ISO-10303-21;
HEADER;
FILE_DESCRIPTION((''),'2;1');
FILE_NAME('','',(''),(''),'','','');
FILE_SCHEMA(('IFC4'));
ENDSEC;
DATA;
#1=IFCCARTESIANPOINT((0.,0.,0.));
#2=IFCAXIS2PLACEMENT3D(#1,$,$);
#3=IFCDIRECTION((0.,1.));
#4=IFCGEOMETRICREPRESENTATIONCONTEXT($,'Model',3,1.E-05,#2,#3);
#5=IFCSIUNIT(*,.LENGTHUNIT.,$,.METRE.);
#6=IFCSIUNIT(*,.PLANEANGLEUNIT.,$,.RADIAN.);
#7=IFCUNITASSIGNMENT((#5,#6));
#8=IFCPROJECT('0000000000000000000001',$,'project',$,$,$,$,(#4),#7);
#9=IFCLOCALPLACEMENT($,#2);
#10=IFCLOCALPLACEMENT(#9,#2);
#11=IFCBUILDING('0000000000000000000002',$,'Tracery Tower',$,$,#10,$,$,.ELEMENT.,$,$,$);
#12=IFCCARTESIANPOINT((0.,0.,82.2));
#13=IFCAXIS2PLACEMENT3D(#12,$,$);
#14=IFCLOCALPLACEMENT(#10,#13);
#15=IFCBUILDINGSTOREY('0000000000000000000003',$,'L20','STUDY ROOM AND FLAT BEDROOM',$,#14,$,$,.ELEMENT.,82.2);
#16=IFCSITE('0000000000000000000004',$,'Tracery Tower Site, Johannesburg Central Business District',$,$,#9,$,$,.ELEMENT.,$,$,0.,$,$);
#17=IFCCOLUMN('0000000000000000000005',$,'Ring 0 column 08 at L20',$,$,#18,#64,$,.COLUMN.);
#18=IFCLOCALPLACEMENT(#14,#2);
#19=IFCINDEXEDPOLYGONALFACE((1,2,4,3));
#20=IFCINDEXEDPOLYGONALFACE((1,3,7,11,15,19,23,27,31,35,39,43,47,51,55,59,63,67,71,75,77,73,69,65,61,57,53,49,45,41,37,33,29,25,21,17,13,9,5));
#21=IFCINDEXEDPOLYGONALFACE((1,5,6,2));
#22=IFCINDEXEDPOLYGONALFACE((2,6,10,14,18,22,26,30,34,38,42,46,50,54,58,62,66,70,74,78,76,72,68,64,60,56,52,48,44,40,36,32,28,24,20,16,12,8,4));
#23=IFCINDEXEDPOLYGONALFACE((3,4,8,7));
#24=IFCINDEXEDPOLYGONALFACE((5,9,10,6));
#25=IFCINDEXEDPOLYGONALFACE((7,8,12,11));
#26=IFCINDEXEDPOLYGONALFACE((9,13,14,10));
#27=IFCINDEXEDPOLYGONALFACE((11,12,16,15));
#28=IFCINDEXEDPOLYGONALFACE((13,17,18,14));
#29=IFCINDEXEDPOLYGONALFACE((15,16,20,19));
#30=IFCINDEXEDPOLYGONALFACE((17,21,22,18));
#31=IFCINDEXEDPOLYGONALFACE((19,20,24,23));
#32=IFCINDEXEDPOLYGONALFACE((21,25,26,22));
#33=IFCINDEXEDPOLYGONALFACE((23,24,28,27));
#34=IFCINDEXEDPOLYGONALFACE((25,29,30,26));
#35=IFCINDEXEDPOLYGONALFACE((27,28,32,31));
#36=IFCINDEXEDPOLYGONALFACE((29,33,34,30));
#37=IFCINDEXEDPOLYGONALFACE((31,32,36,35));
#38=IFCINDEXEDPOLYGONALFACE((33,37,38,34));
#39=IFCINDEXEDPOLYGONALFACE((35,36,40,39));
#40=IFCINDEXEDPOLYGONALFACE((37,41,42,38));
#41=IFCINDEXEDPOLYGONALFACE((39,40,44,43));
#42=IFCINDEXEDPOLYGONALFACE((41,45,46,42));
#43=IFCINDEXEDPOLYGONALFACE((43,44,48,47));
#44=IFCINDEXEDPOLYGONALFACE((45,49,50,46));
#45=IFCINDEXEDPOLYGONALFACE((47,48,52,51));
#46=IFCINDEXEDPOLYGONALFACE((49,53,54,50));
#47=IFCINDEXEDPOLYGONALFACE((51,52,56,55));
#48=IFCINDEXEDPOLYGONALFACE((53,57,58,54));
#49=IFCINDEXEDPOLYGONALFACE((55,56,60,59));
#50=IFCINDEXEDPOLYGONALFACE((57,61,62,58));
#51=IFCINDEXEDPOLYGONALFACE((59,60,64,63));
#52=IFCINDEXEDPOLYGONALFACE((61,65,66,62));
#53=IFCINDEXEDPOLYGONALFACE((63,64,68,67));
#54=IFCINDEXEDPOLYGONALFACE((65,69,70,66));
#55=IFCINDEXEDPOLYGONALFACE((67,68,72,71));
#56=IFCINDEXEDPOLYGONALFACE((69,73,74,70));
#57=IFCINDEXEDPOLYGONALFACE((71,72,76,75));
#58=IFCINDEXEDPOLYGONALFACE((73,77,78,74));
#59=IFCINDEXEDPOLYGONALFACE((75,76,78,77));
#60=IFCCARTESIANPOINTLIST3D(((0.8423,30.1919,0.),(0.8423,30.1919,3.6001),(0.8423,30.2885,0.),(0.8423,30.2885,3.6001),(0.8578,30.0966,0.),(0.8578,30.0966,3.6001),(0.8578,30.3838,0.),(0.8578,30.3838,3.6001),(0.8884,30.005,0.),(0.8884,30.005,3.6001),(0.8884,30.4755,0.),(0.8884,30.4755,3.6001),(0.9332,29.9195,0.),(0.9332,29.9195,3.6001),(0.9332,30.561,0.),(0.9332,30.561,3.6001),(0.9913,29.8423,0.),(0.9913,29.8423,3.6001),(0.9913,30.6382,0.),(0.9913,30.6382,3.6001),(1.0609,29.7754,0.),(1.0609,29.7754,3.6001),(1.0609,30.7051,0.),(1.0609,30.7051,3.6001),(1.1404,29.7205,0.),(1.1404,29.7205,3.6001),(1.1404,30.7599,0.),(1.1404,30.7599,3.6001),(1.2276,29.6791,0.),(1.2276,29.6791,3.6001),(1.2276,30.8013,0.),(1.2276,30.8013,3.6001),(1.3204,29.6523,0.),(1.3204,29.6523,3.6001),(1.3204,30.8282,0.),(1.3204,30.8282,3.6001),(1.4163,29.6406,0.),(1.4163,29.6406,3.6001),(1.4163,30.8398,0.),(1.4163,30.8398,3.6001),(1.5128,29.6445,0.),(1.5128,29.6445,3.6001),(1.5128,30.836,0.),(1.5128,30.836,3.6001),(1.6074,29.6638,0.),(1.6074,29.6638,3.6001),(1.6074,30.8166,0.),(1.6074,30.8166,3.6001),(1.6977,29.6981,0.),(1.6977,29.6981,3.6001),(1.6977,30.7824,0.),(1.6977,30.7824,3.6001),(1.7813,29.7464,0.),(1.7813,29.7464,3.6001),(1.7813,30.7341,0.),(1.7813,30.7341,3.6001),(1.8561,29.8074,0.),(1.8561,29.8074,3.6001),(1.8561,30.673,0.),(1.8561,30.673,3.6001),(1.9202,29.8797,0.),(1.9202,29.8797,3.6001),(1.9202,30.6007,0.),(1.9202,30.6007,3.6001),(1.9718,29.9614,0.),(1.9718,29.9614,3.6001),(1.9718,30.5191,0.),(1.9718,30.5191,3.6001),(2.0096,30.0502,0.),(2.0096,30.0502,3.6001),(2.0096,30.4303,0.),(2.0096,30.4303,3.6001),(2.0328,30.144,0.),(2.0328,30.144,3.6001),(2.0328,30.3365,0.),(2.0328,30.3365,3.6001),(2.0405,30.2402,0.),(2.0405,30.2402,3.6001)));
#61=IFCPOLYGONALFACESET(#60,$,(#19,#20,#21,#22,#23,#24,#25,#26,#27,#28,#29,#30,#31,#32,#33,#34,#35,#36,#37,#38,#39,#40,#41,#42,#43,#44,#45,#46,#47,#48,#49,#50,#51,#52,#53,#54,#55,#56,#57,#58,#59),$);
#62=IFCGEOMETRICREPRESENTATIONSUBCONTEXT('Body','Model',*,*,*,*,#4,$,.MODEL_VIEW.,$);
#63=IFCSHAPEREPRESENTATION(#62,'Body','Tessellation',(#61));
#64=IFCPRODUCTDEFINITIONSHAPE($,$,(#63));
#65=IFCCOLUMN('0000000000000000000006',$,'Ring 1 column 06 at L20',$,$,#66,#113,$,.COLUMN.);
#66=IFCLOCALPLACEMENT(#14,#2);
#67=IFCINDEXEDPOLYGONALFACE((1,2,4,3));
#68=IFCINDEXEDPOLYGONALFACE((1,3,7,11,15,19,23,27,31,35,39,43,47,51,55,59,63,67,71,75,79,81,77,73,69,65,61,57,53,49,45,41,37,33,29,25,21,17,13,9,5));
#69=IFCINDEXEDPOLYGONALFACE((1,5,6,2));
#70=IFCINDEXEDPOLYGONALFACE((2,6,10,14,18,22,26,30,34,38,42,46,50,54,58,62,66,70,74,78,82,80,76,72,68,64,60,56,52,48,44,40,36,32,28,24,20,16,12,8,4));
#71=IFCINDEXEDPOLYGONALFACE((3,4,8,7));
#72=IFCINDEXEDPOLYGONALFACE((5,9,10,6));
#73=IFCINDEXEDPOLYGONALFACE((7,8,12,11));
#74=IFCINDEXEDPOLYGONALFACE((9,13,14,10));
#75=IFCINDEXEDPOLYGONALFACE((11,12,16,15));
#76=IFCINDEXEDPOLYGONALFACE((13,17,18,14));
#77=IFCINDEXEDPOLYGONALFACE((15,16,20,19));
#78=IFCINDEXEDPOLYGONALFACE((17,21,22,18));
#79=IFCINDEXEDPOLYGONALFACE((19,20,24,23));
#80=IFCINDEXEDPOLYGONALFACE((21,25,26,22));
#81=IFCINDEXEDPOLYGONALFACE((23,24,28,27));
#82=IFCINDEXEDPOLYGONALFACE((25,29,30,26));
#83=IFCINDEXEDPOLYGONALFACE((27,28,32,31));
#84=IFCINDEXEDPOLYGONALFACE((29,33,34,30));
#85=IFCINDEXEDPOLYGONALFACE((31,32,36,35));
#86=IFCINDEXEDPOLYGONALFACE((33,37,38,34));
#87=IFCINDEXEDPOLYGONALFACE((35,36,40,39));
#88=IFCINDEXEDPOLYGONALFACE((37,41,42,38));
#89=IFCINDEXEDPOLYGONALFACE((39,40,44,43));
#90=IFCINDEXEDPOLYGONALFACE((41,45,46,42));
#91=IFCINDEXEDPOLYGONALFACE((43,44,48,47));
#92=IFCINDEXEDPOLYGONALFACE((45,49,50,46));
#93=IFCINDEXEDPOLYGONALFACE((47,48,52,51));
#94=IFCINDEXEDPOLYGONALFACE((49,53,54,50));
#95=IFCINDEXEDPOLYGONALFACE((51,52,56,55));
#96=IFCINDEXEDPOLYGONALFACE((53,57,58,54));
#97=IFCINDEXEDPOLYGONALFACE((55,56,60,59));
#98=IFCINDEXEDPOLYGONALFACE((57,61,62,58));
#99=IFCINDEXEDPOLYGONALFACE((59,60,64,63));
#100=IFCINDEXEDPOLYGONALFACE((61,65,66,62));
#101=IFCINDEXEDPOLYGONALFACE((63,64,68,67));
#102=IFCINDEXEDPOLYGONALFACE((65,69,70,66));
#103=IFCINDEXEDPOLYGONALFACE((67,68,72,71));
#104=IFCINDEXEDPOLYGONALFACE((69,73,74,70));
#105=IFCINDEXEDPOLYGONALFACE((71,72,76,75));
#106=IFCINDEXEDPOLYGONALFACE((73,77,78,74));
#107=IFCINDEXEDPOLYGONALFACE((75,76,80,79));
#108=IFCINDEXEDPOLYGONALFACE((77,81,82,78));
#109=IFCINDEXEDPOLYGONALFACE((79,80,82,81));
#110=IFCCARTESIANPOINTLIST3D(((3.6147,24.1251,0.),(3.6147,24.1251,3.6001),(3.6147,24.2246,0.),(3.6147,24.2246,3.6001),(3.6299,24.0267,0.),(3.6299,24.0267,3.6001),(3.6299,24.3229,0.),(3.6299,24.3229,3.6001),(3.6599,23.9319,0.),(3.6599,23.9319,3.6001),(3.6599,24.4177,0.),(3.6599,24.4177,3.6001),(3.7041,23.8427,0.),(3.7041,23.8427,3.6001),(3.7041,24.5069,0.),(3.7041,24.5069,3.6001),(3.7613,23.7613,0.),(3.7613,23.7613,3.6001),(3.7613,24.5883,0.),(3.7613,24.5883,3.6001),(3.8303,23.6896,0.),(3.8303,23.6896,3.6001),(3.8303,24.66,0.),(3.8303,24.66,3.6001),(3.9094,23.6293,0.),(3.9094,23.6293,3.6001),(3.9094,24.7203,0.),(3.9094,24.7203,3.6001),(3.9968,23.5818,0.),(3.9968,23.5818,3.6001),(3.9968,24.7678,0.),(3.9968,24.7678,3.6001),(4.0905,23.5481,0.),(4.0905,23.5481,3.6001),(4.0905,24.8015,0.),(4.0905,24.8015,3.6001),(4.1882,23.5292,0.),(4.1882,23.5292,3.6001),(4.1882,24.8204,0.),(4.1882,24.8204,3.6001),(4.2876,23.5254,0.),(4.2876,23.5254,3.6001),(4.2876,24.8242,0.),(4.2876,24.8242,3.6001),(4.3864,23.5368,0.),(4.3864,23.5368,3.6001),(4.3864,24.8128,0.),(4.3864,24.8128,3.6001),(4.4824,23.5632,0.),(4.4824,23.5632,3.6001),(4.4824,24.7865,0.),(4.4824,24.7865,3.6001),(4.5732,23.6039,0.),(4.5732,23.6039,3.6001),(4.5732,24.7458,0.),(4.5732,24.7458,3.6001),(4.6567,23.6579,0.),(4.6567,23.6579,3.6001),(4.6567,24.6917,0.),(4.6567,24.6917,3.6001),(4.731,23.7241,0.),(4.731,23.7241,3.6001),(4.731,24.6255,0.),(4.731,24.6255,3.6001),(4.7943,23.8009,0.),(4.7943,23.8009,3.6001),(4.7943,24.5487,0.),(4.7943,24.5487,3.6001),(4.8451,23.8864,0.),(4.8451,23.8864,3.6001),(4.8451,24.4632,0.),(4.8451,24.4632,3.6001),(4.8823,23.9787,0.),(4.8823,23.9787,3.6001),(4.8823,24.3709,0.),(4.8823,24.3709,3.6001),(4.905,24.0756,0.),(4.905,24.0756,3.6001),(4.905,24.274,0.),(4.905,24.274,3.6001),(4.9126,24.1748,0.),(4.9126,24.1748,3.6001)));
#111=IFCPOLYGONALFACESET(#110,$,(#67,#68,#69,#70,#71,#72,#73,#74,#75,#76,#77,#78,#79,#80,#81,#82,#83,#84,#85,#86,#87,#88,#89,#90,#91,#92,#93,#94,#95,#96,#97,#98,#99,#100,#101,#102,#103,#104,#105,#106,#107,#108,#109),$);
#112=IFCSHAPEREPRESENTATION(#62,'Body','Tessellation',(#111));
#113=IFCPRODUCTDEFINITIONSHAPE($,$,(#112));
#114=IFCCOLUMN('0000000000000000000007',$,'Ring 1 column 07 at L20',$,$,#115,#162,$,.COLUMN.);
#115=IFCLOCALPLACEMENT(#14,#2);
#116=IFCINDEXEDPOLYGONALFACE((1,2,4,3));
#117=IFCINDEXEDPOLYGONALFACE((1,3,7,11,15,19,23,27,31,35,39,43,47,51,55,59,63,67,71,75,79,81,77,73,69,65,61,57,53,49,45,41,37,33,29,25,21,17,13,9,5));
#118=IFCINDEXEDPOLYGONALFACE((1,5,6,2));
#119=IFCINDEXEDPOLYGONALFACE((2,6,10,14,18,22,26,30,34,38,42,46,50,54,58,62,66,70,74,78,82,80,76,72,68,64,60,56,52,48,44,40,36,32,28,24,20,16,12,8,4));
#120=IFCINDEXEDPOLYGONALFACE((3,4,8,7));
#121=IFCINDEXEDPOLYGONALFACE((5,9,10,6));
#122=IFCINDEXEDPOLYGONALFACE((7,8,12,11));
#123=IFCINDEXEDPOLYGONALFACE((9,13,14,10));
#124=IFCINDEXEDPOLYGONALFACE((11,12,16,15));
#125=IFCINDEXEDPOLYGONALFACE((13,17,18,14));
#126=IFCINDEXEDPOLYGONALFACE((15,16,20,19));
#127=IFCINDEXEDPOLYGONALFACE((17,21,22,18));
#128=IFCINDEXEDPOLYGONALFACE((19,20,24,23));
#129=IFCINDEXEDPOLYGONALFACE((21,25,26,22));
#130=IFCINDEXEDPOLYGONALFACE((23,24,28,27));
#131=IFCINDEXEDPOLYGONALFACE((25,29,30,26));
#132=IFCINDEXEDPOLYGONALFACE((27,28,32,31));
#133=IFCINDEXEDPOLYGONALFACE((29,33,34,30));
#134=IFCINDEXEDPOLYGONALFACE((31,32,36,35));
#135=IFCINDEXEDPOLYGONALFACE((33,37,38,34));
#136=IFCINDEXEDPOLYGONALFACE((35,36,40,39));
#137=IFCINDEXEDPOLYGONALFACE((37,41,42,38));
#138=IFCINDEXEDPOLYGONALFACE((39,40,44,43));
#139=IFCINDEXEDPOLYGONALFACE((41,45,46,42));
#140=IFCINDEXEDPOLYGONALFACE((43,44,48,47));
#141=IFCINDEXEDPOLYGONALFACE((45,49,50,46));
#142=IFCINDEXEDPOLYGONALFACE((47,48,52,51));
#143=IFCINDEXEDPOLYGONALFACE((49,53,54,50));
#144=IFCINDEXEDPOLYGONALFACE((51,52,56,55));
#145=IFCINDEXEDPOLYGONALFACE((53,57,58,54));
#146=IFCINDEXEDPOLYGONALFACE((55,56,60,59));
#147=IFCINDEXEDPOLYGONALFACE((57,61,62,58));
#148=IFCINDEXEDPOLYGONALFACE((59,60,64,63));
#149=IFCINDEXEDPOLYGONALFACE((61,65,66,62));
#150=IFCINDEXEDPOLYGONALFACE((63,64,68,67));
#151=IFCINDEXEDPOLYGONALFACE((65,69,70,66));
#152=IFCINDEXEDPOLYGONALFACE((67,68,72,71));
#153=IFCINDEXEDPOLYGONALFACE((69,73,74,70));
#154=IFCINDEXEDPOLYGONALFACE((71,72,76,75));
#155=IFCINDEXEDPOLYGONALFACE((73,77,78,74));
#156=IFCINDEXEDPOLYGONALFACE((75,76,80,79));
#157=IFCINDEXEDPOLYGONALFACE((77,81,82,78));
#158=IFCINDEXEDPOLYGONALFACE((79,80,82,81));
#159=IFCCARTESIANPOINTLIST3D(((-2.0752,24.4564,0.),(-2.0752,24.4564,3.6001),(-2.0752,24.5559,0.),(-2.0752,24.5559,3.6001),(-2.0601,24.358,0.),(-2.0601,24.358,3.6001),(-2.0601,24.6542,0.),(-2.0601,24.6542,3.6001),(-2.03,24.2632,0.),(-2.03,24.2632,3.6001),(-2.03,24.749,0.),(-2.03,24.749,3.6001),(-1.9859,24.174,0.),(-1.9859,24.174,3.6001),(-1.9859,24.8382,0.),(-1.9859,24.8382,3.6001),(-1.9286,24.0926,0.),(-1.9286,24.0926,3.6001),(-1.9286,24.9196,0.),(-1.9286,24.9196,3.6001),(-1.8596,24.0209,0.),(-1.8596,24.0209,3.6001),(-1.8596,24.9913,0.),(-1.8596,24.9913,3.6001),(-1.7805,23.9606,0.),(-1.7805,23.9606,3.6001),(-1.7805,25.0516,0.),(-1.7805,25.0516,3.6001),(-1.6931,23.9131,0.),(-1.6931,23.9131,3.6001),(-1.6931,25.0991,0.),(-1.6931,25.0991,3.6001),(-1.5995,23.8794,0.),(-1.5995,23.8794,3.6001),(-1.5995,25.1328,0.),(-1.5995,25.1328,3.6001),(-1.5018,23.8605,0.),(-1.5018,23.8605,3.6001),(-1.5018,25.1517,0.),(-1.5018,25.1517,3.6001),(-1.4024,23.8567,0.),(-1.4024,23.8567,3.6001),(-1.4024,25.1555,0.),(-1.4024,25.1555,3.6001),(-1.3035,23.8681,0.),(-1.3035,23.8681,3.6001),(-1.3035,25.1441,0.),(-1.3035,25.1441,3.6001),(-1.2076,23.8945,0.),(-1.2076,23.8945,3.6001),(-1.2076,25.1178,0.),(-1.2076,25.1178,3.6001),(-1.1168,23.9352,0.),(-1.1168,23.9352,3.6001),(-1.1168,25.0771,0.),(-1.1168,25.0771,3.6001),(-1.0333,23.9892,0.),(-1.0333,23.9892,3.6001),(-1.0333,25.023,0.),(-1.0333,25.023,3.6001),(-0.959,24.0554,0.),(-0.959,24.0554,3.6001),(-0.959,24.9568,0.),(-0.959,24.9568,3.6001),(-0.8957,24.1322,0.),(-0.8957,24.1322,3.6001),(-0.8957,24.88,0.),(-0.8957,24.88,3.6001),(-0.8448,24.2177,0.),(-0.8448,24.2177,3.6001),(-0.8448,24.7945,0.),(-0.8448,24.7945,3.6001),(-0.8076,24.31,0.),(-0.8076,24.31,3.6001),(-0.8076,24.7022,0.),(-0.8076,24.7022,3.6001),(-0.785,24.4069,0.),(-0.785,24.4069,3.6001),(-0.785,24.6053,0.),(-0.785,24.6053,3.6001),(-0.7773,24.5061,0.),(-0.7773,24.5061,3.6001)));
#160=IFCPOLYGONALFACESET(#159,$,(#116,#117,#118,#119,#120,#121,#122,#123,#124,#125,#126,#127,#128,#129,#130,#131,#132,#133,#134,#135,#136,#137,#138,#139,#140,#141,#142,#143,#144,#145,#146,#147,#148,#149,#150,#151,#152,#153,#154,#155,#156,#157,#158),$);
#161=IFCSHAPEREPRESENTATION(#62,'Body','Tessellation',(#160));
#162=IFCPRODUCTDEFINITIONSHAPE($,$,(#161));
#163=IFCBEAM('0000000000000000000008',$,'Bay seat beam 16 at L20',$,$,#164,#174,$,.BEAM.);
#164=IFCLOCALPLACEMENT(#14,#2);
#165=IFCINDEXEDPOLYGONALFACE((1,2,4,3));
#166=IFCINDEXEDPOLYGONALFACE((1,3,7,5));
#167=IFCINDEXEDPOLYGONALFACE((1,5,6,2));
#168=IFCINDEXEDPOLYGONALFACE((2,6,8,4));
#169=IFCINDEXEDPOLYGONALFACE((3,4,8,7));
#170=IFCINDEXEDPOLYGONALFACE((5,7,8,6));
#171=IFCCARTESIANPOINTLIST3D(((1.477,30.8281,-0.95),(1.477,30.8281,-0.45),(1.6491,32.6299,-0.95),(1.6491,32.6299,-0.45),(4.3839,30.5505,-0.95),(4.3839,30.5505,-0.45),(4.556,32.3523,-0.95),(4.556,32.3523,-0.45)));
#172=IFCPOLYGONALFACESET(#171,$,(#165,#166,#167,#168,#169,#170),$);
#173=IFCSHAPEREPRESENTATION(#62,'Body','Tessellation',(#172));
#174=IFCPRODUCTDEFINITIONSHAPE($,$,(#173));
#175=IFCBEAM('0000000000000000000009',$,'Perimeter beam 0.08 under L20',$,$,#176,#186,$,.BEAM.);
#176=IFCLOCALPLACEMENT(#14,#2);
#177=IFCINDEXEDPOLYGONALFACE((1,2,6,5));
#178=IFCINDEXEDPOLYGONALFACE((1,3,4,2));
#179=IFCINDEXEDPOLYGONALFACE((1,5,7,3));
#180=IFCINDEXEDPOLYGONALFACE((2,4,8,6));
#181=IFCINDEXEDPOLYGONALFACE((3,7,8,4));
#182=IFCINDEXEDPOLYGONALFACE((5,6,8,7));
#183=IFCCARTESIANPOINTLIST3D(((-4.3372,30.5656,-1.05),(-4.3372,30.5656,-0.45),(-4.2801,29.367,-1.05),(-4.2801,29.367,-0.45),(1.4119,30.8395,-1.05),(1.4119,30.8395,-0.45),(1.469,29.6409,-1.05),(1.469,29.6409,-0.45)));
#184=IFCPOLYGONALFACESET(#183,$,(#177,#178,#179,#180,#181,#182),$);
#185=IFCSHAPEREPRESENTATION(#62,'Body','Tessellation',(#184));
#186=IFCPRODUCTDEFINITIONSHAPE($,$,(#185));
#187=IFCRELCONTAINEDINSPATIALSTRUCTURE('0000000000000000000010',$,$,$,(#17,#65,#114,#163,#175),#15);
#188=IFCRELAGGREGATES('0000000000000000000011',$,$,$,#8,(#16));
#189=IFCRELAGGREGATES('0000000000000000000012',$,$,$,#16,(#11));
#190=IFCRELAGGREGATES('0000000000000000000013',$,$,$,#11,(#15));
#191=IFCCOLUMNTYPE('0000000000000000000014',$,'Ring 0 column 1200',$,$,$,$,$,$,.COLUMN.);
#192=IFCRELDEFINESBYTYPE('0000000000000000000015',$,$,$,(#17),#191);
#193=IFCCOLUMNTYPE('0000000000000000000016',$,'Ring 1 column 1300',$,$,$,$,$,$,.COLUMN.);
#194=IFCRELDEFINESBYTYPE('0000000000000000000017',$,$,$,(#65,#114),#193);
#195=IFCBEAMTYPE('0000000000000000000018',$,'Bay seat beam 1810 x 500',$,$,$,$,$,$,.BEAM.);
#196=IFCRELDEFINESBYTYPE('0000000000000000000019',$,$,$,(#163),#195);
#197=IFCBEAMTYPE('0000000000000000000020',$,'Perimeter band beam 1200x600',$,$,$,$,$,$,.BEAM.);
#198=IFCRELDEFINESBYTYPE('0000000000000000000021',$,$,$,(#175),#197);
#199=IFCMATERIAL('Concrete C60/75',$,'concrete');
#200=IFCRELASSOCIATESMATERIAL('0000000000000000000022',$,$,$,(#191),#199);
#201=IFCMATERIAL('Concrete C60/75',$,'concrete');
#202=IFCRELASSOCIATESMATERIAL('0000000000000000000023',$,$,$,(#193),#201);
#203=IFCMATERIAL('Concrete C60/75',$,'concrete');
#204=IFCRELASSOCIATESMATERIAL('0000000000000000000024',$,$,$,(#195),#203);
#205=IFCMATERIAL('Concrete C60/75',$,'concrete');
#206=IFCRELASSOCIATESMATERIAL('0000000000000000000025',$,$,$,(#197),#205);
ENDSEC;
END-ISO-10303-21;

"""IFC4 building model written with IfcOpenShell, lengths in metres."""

from ifc_helpers import new_model, si_unit, direction, frame, origin, origin_2d, place, context, subcontext, project, spatial, rectangle, circle, extrude, material, material_profile, profile_set, type_object, element, save


model = new_model("IFC4")

# Units and contexts
model_context = context("Model", 3, precision=1e-05, world=origin(), true_north=direction((0.0, 1.0)))
body_context = subcontext(model_context, "Body", "Model", "MODEL_VIEW")
ifc_project = project(units=[si_unit("LENGTHUNIT", "METRE"), si_unit("PLANEANGLEUNIT", "RADIAN")], contexts=[model_context])

# Site, building, storey
site_placement = place(None, origin())
site = spatial("IfcSite", under=ifc_project, at=site_placement, Name="Tracery Tower Site, Johannesburg Central Business District", CompositionType="ELEMENT", RefElevation=0.0)
building_placement = place(site_placement, origin())
building = spatial("IfcBuilding", under=site, at=building_placement, Name="Tracery Tower", CompositionType="ELEMENT")
storey_placement = place(building_placement, frame((0.0, 0.0, 82.2)))
storey = spatial("IfcBuildingStorey", under=building, at=storey_placement, Name="L20", Description="STUDY ROOM AND FLAT BEDROOM", CompositionType="ELEMENT", Elevation=82.2)

# Columns
ifc_material_1 = material(Name="Concrete C60/75", Category="concrete")
ifc_material_profile_1 = material_profile(ifc_material_1, circle(Radius=0.6001, at=origin_2d()), Name="RC D1200")
ifc_profile_set_1 = profile_set([ifc_material_profile_1], Name="Concrete C60/75")
column_type_1 = type_object("IfcColumnType", Name="Ring 0 column 1200", PredefinedType="COLUMN", material=ifc_profile_set_1)
column_placement = place(storey_placement, frame((1.4404, 30.2402, 0.0), z_axis=(0.0, 0.0, 1.0), x_axis=(1.0, 0.0, 0.0)))
element("IfcColumn", 1, at=column_placement, inside=storey, type_object=column_type_1, Name="Ring 0 column 08 at L20", PredefinedType="COLUMN", context=body_context, shape_type="SweptSolid", body=[
    extrude(circle(Radius=0.6001, at=origin_2d()), origin(), (0.0, 0.0, 1.0), 3.6001),
])
ifc_material_2 = material(Name="Concrete C60/75", Category="concrete")
ifc_material_profile_2 = material_profile(ifc_material_2, circle(Radius=0.6499, at=origin_2d()), Name="RC D1300")
ifc_profile_set_2 = profile_set([ifc_material_profile_2], Name="Concrete C60/75")
column_type_2 = type_object("IfcColumnType", Name="Ring 1 column 1300", PredefinedType="COLUMN", material=ifc_profile_set_2)
for number, where, z_axis, x_axis, name in (
    (2, (4.2627, 24.1748, 0.0), (0.0, 0.0, 1.0), (1.0, 0.0, 0.0), "Ring 1 column 06 at L20"),
    (3, (-1.4272, 24.5061, 0.0), (0.0, 0.0, 1.0), (1.0, 0.0, 0.0), "Ring 1 column 07 at L20"),
):
    element("IfcColumn", number, at=place(storey_placement, frame(where, z_axis=z_axis, x_axis=x_axis)), inside=storey, type_object=column_type_2, Name=name, PredefinedType="COLUMN", context=body_context, shape_type="SweptSolid", body=[
        extrude(circle(Radius=0.6499, at=origin_2d()), origin(), (0.0, 0.0, 1.0), 3.6001),
    ])

# Beams
ifc_material_3 = material(Name="Concrete C60/75", Category="concrete")
ifc_material_profile_3 = material_profile(ifc_material_3, rectangle(XDim=1.8101, YDim=0.5, at=origin_2d()), Name="RC 1810x500")
ifc_profile_set_3 = profile_set([ifc_material_profile_3], Name="Concrete C60/75")
beam_type_1 = type_object("IfcBeamType", Name="Bay seat beam 1810 x 500", PredefinedType="BEAM", material=ifc_profile_set_3)
beam_1_placement = place(storey_placement, frame((4.47, 31.4514, -0.7), z_axis=(-0.995472, 0.095058, 0.0), x_axis=(-0.095058, -0.995472, 0.0)))
element("IfcBeam", 4, at=beam_1_placement, inside=storey, type_object=beam_type_1, Name="Bay seat beam 16 at L20", PredefinedType="BEAM", context=body_context, shape_type="SweptSolid", body=[
    extrude(rectangle(XDim=1.8101, YDim=0.5, at=origin_2d()), origin(), (0.0, 0.0, 1.0), 2.9202),
])
ifc_material_4 = material(Name="Concrete C60/75", Category="concrete")
ifc_material_profile_4 = material_profile(ifc_material_4, rectangle(XDim=1.2, YDim=0.6001, at=origin_2d()), Name="RC 1200x600")
ifc_profile_set_4 = profile_set([ifc_material_profile_4], Name="Concrete C60/75")
beam_type_2 = type_object("IfcBeamType", Name="Perimeter band beam 1200x600", PredefinedType="BEAM", material=ifc_profile_set_4)
beam_2_placement = place(storey_placement, frame((1.4404, 30.2402, -0.75), z_axis=(-0.998867, -0.047593, 0.0), x_axis=(0.047593, -0.998867, 0.0)))
element("IfcBeam", 5, at=beam_2_placement, inside=storey, type_object=beam_type_2, Name="Perimeter beam 0.08 under L20", PredefinedType="BEAM", context=body_context, shape_type="SweptSolid", body=[
    extrude(rectangle(XDim=1.2, YDim=0.6001, at=origin_2d()), origin(), (0.0, 0.0, 1.0), 5.7556),
])

save(model, "model.ifc")
